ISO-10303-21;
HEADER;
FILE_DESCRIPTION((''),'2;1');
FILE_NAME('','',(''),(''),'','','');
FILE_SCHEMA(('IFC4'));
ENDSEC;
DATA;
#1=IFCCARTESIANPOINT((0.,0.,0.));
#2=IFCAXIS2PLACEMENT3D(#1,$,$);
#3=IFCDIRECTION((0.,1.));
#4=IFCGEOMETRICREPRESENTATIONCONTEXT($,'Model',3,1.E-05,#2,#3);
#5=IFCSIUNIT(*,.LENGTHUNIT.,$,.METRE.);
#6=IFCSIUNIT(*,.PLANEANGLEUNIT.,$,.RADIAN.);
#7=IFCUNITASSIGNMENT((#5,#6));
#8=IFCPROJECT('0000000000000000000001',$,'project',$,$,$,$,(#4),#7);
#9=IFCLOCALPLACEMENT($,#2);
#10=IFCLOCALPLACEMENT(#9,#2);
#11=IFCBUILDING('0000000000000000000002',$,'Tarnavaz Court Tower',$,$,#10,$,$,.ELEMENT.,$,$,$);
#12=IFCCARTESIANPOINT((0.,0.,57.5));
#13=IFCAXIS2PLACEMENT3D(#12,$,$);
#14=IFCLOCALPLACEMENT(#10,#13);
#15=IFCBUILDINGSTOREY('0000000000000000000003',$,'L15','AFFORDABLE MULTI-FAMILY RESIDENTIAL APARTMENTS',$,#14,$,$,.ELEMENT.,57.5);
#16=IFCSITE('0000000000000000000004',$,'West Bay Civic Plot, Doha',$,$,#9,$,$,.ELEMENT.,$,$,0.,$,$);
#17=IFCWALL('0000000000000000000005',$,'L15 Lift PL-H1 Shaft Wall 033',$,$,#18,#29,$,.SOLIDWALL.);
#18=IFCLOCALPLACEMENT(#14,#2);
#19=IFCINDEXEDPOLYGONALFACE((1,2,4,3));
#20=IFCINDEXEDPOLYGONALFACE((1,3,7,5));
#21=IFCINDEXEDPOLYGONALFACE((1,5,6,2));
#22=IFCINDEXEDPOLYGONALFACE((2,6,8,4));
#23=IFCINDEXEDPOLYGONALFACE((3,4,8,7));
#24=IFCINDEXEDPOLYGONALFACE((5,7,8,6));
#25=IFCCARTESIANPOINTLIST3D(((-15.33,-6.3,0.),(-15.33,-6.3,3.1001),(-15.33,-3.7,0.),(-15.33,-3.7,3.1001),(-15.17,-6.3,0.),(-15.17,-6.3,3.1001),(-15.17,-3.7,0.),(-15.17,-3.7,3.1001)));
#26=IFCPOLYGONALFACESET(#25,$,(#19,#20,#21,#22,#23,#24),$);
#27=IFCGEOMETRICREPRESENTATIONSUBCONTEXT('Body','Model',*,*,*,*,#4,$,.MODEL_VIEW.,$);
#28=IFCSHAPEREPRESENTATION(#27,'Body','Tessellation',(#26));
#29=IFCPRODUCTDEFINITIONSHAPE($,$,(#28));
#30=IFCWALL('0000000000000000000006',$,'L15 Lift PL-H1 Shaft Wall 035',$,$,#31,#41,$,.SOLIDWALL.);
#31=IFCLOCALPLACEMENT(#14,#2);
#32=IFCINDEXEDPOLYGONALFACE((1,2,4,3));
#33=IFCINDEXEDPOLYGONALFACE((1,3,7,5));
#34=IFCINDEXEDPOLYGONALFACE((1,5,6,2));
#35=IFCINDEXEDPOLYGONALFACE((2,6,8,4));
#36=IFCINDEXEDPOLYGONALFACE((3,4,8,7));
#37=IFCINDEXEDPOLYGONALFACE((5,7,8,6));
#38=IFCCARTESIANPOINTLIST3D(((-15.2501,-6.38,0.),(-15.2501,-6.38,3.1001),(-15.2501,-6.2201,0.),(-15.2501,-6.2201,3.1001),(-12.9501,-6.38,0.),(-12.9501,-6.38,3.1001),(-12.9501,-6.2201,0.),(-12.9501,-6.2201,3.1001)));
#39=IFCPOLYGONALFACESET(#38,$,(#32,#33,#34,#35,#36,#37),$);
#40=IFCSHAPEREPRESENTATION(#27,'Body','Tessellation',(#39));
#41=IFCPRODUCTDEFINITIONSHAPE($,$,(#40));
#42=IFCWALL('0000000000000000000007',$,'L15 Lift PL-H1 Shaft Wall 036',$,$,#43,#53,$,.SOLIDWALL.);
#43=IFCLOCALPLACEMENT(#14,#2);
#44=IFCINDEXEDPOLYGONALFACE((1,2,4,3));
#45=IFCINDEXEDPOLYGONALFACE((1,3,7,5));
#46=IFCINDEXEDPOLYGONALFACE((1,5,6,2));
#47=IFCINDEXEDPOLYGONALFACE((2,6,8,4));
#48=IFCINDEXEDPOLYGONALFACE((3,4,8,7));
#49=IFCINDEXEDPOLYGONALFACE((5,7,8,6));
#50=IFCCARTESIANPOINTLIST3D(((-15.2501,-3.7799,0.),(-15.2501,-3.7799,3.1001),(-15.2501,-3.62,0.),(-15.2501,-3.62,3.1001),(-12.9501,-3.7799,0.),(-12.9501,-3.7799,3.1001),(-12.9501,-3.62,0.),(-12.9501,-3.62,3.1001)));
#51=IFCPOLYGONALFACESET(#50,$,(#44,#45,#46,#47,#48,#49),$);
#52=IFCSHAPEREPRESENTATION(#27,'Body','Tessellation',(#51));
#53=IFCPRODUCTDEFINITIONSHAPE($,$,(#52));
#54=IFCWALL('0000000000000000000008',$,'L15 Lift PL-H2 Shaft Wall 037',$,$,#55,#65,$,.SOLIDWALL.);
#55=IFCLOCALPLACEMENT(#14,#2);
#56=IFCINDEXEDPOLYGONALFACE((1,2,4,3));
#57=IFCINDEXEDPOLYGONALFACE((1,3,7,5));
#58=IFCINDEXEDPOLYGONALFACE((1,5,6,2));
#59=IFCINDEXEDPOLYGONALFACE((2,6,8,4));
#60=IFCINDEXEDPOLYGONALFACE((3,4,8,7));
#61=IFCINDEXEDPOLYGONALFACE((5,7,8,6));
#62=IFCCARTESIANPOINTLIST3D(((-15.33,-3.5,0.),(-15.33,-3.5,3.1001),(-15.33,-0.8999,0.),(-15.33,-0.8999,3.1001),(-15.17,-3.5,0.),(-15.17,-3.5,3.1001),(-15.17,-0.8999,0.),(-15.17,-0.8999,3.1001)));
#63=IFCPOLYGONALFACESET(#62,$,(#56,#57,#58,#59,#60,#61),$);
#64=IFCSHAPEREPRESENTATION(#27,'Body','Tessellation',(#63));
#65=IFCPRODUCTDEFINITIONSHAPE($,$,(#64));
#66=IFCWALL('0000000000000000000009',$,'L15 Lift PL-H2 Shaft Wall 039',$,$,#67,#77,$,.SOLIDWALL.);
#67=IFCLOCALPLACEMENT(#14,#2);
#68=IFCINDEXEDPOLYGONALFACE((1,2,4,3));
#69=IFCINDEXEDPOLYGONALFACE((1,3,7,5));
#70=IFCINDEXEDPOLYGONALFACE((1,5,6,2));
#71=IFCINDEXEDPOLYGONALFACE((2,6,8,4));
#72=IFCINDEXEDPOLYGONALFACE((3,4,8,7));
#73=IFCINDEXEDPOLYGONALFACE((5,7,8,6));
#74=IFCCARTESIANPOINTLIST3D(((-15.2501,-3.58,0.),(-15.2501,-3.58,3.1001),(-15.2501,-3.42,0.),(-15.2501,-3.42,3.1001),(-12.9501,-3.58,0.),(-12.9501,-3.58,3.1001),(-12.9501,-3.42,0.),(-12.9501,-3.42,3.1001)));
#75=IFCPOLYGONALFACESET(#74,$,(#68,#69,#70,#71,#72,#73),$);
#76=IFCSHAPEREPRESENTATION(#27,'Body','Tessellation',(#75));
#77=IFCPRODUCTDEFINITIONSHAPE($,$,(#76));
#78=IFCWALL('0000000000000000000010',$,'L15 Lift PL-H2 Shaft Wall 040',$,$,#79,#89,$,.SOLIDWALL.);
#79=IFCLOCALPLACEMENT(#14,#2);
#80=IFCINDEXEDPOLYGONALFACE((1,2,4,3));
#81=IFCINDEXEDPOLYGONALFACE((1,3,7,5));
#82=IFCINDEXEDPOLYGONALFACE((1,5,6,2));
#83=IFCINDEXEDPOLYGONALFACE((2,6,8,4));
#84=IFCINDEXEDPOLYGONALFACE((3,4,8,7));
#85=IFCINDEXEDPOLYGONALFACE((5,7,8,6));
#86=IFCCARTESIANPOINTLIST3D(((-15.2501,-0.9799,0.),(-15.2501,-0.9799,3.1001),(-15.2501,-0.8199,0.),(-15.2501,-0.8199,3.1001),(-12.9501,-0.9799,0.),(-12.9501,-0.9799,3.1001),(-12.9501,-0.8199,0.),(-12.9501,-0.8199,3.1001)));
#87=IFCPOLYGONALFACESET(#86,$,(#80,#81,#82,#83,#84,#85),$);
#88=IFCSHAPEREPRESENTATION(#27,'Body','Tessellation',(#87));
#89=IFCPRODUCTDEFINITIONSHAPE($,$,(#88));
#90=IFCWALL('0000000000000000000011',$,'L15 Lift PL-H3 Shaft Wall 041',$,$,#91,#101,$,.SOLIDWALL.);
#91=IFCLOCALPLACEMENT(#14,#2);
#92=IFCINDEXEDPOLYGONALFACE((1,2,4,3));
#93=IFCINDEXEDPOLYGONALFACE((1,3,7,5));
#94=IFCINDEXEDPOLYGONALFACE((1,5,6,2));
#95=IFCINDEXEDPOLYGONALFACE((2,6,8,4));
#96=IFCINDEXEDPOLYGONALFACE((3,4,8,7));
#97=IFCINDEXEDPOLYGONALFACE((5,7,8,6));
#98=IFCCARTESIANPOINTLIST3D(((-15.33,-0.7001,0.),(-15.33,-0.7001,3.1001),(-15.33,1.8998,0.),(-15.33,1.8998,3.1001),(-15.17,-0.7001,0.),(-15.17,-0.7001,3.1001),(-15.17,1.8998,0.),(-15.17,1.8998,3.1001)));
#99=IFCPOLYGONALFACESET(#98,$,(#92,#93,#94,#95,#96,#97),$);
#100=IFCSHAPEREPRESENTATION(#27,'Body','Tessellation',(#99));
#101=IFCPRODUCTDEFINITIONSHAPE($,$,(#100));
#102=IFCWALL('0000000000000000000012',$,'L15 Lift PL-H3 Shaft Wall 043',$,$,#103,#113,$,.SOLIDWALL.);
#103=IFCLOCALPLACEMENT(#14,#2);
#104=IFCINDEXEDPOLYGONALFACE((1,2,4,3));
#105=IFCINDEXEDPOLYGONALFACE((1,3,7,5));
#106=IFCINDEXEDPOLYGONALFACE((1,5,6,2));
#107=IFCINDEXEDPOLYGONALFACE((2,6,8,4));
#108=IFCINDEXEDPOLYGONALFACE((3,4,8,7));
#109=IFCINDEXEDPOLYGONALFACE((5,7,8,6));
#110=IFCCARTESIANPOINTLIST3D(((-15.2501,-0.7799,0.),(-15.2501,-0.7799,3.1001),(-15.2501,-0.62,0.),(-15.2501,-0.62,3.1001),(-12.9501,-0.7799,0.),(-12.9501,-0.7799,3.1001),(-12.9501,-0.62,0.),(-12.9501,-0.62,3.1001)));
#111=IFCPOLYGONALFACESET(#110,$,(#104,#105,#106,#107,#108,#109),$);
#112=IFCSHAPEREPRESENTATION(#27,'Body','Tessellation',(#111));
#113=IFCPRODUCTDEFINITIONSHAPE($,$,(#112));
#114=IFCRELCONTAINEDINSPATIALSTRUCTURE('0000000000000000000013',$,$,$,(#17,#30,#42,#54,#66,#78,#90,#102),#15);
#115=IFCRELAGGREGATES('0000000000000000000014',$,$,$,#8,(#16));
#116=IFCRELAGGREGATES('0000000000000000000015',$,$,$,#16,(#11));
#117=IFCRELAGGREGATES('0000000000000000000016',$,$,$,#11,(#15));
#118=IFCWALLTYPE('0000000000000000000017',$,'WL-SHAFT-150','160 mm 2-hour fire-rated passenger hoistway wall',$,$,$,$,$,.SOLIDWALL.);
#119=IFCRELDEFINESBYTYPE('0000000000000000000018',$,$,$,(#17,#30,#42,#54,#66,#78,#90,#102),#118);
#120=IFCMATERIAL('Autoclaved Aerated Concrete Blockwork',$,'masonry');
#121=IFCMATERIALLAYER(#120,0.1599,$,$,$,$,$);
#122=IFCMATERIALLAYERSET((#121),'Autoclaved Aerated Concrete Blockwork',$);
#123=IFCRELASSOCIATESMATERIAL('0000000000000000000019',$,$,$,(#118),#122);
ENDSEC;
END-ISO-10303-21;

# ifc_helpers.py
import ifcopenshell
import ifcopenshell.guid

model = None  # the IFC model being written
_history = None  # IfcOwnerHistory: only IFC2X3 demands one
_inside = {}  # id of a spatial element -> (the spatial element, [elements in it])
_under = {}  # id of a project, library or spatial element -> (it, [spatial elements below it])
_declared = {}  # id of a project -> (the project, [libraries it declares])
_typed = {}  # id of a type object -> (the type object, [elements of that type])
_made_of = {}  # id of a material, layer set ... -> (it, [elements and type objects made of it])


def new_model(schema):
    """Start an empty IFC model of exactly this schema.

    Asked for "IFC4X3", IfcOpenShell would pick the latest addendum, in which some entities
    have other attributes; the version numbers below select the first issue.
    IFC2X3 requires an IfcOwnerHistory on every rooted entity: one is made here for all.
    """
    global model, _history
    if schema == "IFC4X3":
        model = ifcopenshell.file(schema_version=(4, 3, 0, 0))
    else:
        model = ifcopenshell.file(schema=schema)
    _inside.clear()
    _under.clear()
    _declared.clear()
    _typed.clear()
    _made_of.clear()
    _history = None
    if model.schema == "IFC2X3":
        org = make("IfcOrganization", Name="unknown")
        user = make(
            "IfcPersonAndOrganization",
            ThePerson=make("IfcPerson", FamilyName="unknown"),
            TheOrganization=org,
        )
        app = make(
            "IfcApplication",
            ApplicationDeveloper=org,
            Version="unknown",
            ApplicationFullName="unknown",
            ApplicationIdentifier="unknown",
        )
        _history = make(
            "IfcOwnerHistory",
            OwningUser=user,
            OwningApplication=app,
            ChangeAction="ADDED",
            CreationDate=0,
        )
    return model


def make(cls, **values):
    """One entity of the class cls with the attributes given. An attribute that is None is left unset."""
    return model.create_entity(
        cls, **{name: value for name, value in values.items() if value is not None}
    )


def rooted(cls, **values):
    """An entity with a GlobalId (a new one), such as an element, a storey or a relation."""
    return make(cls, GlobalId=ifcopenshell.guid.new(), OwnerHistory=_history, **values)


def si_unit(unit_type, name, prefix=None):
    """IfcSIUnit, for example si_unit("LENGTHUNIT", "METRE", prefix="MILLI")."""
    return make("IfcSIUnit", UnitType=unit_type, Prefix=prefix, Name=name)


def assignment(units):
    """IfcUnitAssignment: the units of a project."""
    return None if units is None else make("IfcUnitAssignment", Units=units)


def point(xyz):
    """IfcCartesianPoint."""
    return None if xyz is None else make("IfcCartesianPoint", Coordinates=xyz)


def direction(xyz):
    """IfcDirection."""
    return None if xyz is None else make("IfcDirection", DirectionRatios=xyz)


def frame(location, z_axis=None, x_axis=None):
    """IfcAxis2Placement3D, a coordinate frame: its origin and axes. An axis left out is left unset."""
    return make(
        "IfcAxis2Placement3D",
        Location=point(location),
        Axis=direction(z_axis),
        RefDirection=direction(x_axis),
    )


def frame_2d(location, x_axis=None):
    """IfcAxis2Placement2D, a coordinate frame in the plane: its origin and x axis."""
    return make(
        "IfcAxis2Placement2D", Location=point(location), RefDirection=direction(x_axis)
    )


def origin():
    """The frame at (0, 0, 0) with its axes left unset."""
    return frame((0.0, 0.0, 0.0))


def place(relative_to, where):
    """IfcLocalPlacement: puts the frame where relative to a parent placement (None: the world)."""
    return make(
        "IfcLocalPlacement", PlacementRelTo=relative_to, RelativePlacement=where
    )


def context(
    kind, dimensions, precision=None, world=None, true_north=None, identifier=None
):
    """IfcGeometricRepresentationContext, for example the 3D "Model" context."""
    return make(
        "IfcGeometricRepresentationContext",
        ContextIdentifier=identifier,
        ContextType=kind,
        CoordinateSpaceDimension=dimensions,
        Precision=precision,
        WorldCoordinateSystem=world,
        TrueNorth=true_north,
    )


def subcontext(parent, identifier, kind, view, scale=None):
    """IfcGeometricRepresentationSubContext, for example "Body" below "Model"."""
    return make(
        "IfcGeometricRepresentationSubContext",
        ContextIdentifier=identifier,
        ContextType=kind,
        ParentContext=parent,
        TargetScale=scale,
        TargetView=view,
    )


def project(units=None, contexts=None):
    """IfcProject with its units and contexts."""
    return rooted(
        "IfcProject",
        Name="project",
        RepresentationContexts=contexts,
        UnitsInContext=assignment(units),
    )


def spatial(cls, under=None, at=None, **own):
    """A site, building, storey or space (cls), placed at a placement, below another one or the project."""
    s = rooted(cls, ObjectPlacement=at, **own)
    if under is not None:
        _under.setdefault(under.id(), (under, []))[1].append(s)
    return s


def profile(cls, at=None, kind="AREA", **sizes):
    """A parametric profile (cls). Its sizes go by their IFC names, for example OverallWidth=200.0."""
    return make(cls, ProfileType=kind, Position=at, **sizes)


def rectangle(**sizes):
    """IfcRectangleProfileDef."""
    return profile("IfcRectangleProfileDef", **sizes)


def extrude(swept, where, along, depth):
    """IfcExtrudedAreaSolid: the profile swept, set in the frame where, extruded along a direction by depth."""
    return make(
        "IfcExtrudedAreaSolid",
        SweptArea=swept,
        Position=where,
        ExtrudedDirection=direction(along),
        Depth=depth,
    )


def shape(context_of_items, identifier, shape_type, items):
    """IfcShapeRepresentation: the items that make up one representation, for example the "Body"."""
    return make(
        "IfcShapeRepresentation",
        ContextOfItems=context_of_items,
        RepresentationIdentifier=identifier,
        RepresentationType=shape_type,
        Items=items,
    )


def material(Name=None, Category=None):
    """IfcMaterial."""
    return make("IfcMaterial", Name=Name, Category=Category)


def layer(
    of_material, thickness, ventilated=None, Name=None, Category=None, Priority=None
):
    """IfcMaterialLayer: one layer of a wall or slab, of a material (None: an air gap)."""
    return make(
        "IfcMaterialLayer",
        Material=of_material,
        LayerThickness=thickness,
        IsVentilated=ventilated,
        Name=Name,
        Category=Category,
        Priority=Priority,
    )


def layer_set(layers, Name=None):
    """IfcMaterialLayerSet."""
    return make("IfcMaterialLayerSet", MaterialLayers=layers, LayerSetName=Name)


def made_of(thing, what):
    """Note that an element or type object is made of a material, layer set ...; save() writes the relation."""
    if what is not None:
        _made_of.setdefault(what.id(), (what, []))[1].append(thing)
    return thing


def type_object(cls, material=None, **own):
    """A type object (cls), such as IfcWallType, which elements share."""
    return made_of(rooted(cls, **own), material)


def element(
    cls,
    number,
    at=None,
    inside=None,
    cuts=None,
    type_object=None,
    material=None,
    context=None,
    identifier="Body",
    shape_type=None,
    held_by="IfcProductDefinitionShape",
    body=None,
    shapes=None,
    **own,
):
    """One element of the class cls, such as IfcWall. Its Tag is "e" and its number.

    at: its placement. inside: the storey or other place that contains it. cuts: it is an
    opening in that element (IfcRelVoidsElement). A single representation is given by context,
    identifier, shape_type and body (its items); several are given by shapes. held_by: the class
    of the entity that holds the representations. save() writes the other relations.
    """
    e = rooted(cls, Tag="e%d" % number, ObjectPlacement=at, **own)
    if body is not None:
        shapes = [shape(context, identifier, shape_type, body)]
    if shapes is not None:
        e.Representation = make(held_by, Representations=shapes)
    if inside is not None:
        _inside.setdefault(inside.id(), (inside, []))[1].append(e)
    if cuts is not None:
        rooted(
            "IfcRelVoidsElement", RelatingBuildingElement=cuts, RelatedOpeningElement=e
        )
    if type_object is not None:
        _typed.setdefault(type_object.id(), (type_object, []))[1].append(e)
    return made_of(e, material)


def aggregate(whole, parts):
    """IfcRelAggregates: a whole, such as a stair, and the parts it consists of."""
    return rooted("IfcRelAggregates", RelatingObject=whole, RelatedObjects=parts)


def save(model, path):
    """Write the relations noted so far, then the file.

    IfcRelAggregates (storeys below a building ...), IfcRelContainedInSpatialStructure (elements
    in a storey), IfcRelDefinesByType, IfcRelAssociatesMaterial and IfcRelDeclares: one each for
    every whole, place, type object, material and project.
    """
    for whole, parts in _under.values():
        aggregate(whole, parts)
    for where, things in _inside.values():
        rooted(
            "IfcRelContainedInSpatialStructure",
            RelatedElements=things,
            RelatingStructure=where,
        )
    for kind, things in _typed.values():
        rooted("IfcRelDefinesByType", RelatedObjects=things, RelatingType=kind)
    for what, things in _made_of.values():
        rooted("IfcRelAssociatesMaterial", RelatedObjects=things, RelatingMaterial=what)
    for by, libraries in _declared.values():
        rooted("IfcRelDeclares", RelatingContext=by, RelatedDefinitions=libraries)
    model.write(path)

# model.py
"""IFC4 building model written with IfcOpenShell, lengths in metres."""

from ifc_helpers import new_model, si_unit, direction, frame, frame_2d, origin, place, context, subcontext, project, spatial, rectangle, extrude, material, layer, layer_set, type_object, element, save


model = new_model("IFC4")

# Units and contexts
model_context = context("Model", 3, precision=1e-05, world=origin(), true_north=direction((0.0, 1.0)))
body_context = subcontext(model_context, "Body", "Model", "MODEL_VIEW")
ifc_project = project(units=[si_unit("LENGTHUNIT", "METRE"), si_unit("PLANEANGLEUNIT", "RADIAN")], contexts=[model_context])

# Site, building, storey
site_placement = place(None, origin())
site = spatial("IfcSite", under=ifc_project, at=site_placement, Name="West Bay Civic Plot, Doha", CompositionType="ELEMENT", RefElevation=0.0)
building_placement = place(site_placement, origin())
building = spatial("IfcBuilding", under=site, at=building_placement, Name="Tarnavaz Court Tower", CompositionType="ELEMENT")
storey_placement = place(building_placement, frame((0.0, 0.0, 57.5)))
storey = spatial("IfcBuildingStorey", under=building, at=storey_placement, Name="L15", Description="AFFORDABLE MULTI-FAMILY RESIDENTIAL APARTMENTS", CompositionType="ELEMENT", Elevation=57.5)

# Walls
ifc_material_1 = material(Name="Autoclaved Aerated Concrete Blockwork", Category="masonry")
ifc_layer_1 = layer(ifc_material_1, 0.1599)
ifc_layer_set_1 = layer_set([ifc_layer_1], Name="Autoclaved Aerated Concrete Blockwork")
wall_type_1 = type_object("IfcWallType", Name="WL-SHAFT-150", Description="160 mm 2-hour fire-rated passenger hoistway wall", PredefinedType="SOLIDWALL", material=ifc_layer_set_1)
wall_1_placement = place(storey_placement, frame((-15.25, -6.3, 0.0), z_axis=(0.0, 0.0, 1.0), x_axis=(0.0, 1.0, 0.0)))
element("IfcWall", 1, at=wall_1_placement, inside=storey, type_object=wall_type_1, Name="L15 Lift PL-H1 Shaft Wall 033", PredefinedType="SOLIDWALL", context=body_context, shape_type="SweptSolid", body=[
    extrude(rectangle(XDim=2.6001, YDim=0.1599, at=frame_2d((1.3, 0.0))), origin(), (0.0, 0.0, 1.0), 3.1001),
])
for number, where, z_axis, x_axis, name in (
    (2, (-15.25, -6.3, 0.0), (0.0, 0.0, 1.0), (1.0, 0.0, 0.0), "L15 Lift PL-H1 Shaft Wall 035"),
    (3, (-15.25, -3.7, 0.0), (0.0, 0.0, 1.0), (1.0, 0.0, 0.0), "L15 Lift PL-H1 Shaft Wall 036"),
):
    element("IfcWall", number, at=place(storey_placement, frame(where, z_axis=z_axis, x_axis=x_axis)), inside=storey, type_object=wall_type_1, Name=name, PredefinedType="SOLIDWALL", context=body_context, shape_type="SweptSolid", body=[
        extrude(rectangle(XDim=2.3, YDim=0.1599, at=frame_2d((1.1499, 0.0))), origin(), (0.0, 0.0, 1.0), 3.1001),
    ])
wall_2_placement = place(storey_placement, frame((-15.25, -3.5, 0.0), z_axis=(0.0, 0.0, 1.0), x_axis=(0.0, 1.0, 0.0)))
element("IfcWall", 4, at=wall_2_placement, inside=storey, type_object=wall_type_1, Name="L15 Lift PL-H2 Shaft Wall 037", PredefinedType="SOLIDWALL", context=body_context, shape_type="SweptSolid", body=[
    extrude(rectangle(XDim=2.6001, YDim=0.1599, at=frame_2d((1.3, 0.0))), origin(), (0.0, 0.0, 1.0), 3.1001),
])
for number, where, z_axis, x_axis, name in (
    (5, (-15.25, -3.5, 0.0), (0.0, 0.0, 1.0), (1.0, 0.0, 0.0), "L15 Lift PL-H2 Shaft Wall 039"),
    (6, (-15.25, -0.8999, 0.0), (0.0, 0.0, 1.0), (1.0, 0.0, 0.0), "L15 Lift PL-H2 Shaft Wall 040"),
):
    element("IfcWall", number, at=place(storey_placement, frame(where, z_axis=z_axis, x_axis=x_axis)), inside=storey, type_object=wall_type_1, Name=name, PredefinedType="SOLIDWALL", context=body_context, shape_type="SweptSolid", body=[
        extrude(rectangle(XDim=2.3, YDim=0.1599, at=frame_2d((1.1499, 0.0))), origin(), (0.0, 0.0, 1.0), 3.1001),
    ])
wall_3_placement = place(storey_placement, frame((-15.25, -0.7, 0.0), z_axis=(0.0, 0.0, 1.0), x_axis=(0.0, 1.0, 0.0)))
element("IfcWall", 7, at=wall_3_placement, inside=storey, type_object=wall_type_1, Name="L15 Lift PL-H3 Shaft Wall 041", PredefinedType="SOLIDWALL", context=body_context, shape_type="SweptSolid", body=[
    extrude(rectangle(XDim=2.5999, YDim=0.1599, at=frame_2d((1.2998, 0.0))), origin(), (0.0, 0.0, 1.0), 3.1001),
])
wall_4_placement = place(storey_placement, frame((-15.25, -0.7, 0.0), z_axis=(0.0, 0.0, 1.0), x_axis=(1.0, 0.0, 0.0)))
element("IfcWall", 8, at=wall_4_placement, inside=storey, type_object=wall_type_1, Name="L15 Lift PL-H3 Shaft Wall 043", PredefinedType="SOLIDWALL", context=body_context, shape_type="SweptSolid", body=[
    extrude(rectangle(XDim=2.3, YDim=0.1599, at=frame_2d((1.1499, 0.0))), origin(), (0.0, 0.0, 1.0), 3.1001),
])

save(model, "model.ifc")
